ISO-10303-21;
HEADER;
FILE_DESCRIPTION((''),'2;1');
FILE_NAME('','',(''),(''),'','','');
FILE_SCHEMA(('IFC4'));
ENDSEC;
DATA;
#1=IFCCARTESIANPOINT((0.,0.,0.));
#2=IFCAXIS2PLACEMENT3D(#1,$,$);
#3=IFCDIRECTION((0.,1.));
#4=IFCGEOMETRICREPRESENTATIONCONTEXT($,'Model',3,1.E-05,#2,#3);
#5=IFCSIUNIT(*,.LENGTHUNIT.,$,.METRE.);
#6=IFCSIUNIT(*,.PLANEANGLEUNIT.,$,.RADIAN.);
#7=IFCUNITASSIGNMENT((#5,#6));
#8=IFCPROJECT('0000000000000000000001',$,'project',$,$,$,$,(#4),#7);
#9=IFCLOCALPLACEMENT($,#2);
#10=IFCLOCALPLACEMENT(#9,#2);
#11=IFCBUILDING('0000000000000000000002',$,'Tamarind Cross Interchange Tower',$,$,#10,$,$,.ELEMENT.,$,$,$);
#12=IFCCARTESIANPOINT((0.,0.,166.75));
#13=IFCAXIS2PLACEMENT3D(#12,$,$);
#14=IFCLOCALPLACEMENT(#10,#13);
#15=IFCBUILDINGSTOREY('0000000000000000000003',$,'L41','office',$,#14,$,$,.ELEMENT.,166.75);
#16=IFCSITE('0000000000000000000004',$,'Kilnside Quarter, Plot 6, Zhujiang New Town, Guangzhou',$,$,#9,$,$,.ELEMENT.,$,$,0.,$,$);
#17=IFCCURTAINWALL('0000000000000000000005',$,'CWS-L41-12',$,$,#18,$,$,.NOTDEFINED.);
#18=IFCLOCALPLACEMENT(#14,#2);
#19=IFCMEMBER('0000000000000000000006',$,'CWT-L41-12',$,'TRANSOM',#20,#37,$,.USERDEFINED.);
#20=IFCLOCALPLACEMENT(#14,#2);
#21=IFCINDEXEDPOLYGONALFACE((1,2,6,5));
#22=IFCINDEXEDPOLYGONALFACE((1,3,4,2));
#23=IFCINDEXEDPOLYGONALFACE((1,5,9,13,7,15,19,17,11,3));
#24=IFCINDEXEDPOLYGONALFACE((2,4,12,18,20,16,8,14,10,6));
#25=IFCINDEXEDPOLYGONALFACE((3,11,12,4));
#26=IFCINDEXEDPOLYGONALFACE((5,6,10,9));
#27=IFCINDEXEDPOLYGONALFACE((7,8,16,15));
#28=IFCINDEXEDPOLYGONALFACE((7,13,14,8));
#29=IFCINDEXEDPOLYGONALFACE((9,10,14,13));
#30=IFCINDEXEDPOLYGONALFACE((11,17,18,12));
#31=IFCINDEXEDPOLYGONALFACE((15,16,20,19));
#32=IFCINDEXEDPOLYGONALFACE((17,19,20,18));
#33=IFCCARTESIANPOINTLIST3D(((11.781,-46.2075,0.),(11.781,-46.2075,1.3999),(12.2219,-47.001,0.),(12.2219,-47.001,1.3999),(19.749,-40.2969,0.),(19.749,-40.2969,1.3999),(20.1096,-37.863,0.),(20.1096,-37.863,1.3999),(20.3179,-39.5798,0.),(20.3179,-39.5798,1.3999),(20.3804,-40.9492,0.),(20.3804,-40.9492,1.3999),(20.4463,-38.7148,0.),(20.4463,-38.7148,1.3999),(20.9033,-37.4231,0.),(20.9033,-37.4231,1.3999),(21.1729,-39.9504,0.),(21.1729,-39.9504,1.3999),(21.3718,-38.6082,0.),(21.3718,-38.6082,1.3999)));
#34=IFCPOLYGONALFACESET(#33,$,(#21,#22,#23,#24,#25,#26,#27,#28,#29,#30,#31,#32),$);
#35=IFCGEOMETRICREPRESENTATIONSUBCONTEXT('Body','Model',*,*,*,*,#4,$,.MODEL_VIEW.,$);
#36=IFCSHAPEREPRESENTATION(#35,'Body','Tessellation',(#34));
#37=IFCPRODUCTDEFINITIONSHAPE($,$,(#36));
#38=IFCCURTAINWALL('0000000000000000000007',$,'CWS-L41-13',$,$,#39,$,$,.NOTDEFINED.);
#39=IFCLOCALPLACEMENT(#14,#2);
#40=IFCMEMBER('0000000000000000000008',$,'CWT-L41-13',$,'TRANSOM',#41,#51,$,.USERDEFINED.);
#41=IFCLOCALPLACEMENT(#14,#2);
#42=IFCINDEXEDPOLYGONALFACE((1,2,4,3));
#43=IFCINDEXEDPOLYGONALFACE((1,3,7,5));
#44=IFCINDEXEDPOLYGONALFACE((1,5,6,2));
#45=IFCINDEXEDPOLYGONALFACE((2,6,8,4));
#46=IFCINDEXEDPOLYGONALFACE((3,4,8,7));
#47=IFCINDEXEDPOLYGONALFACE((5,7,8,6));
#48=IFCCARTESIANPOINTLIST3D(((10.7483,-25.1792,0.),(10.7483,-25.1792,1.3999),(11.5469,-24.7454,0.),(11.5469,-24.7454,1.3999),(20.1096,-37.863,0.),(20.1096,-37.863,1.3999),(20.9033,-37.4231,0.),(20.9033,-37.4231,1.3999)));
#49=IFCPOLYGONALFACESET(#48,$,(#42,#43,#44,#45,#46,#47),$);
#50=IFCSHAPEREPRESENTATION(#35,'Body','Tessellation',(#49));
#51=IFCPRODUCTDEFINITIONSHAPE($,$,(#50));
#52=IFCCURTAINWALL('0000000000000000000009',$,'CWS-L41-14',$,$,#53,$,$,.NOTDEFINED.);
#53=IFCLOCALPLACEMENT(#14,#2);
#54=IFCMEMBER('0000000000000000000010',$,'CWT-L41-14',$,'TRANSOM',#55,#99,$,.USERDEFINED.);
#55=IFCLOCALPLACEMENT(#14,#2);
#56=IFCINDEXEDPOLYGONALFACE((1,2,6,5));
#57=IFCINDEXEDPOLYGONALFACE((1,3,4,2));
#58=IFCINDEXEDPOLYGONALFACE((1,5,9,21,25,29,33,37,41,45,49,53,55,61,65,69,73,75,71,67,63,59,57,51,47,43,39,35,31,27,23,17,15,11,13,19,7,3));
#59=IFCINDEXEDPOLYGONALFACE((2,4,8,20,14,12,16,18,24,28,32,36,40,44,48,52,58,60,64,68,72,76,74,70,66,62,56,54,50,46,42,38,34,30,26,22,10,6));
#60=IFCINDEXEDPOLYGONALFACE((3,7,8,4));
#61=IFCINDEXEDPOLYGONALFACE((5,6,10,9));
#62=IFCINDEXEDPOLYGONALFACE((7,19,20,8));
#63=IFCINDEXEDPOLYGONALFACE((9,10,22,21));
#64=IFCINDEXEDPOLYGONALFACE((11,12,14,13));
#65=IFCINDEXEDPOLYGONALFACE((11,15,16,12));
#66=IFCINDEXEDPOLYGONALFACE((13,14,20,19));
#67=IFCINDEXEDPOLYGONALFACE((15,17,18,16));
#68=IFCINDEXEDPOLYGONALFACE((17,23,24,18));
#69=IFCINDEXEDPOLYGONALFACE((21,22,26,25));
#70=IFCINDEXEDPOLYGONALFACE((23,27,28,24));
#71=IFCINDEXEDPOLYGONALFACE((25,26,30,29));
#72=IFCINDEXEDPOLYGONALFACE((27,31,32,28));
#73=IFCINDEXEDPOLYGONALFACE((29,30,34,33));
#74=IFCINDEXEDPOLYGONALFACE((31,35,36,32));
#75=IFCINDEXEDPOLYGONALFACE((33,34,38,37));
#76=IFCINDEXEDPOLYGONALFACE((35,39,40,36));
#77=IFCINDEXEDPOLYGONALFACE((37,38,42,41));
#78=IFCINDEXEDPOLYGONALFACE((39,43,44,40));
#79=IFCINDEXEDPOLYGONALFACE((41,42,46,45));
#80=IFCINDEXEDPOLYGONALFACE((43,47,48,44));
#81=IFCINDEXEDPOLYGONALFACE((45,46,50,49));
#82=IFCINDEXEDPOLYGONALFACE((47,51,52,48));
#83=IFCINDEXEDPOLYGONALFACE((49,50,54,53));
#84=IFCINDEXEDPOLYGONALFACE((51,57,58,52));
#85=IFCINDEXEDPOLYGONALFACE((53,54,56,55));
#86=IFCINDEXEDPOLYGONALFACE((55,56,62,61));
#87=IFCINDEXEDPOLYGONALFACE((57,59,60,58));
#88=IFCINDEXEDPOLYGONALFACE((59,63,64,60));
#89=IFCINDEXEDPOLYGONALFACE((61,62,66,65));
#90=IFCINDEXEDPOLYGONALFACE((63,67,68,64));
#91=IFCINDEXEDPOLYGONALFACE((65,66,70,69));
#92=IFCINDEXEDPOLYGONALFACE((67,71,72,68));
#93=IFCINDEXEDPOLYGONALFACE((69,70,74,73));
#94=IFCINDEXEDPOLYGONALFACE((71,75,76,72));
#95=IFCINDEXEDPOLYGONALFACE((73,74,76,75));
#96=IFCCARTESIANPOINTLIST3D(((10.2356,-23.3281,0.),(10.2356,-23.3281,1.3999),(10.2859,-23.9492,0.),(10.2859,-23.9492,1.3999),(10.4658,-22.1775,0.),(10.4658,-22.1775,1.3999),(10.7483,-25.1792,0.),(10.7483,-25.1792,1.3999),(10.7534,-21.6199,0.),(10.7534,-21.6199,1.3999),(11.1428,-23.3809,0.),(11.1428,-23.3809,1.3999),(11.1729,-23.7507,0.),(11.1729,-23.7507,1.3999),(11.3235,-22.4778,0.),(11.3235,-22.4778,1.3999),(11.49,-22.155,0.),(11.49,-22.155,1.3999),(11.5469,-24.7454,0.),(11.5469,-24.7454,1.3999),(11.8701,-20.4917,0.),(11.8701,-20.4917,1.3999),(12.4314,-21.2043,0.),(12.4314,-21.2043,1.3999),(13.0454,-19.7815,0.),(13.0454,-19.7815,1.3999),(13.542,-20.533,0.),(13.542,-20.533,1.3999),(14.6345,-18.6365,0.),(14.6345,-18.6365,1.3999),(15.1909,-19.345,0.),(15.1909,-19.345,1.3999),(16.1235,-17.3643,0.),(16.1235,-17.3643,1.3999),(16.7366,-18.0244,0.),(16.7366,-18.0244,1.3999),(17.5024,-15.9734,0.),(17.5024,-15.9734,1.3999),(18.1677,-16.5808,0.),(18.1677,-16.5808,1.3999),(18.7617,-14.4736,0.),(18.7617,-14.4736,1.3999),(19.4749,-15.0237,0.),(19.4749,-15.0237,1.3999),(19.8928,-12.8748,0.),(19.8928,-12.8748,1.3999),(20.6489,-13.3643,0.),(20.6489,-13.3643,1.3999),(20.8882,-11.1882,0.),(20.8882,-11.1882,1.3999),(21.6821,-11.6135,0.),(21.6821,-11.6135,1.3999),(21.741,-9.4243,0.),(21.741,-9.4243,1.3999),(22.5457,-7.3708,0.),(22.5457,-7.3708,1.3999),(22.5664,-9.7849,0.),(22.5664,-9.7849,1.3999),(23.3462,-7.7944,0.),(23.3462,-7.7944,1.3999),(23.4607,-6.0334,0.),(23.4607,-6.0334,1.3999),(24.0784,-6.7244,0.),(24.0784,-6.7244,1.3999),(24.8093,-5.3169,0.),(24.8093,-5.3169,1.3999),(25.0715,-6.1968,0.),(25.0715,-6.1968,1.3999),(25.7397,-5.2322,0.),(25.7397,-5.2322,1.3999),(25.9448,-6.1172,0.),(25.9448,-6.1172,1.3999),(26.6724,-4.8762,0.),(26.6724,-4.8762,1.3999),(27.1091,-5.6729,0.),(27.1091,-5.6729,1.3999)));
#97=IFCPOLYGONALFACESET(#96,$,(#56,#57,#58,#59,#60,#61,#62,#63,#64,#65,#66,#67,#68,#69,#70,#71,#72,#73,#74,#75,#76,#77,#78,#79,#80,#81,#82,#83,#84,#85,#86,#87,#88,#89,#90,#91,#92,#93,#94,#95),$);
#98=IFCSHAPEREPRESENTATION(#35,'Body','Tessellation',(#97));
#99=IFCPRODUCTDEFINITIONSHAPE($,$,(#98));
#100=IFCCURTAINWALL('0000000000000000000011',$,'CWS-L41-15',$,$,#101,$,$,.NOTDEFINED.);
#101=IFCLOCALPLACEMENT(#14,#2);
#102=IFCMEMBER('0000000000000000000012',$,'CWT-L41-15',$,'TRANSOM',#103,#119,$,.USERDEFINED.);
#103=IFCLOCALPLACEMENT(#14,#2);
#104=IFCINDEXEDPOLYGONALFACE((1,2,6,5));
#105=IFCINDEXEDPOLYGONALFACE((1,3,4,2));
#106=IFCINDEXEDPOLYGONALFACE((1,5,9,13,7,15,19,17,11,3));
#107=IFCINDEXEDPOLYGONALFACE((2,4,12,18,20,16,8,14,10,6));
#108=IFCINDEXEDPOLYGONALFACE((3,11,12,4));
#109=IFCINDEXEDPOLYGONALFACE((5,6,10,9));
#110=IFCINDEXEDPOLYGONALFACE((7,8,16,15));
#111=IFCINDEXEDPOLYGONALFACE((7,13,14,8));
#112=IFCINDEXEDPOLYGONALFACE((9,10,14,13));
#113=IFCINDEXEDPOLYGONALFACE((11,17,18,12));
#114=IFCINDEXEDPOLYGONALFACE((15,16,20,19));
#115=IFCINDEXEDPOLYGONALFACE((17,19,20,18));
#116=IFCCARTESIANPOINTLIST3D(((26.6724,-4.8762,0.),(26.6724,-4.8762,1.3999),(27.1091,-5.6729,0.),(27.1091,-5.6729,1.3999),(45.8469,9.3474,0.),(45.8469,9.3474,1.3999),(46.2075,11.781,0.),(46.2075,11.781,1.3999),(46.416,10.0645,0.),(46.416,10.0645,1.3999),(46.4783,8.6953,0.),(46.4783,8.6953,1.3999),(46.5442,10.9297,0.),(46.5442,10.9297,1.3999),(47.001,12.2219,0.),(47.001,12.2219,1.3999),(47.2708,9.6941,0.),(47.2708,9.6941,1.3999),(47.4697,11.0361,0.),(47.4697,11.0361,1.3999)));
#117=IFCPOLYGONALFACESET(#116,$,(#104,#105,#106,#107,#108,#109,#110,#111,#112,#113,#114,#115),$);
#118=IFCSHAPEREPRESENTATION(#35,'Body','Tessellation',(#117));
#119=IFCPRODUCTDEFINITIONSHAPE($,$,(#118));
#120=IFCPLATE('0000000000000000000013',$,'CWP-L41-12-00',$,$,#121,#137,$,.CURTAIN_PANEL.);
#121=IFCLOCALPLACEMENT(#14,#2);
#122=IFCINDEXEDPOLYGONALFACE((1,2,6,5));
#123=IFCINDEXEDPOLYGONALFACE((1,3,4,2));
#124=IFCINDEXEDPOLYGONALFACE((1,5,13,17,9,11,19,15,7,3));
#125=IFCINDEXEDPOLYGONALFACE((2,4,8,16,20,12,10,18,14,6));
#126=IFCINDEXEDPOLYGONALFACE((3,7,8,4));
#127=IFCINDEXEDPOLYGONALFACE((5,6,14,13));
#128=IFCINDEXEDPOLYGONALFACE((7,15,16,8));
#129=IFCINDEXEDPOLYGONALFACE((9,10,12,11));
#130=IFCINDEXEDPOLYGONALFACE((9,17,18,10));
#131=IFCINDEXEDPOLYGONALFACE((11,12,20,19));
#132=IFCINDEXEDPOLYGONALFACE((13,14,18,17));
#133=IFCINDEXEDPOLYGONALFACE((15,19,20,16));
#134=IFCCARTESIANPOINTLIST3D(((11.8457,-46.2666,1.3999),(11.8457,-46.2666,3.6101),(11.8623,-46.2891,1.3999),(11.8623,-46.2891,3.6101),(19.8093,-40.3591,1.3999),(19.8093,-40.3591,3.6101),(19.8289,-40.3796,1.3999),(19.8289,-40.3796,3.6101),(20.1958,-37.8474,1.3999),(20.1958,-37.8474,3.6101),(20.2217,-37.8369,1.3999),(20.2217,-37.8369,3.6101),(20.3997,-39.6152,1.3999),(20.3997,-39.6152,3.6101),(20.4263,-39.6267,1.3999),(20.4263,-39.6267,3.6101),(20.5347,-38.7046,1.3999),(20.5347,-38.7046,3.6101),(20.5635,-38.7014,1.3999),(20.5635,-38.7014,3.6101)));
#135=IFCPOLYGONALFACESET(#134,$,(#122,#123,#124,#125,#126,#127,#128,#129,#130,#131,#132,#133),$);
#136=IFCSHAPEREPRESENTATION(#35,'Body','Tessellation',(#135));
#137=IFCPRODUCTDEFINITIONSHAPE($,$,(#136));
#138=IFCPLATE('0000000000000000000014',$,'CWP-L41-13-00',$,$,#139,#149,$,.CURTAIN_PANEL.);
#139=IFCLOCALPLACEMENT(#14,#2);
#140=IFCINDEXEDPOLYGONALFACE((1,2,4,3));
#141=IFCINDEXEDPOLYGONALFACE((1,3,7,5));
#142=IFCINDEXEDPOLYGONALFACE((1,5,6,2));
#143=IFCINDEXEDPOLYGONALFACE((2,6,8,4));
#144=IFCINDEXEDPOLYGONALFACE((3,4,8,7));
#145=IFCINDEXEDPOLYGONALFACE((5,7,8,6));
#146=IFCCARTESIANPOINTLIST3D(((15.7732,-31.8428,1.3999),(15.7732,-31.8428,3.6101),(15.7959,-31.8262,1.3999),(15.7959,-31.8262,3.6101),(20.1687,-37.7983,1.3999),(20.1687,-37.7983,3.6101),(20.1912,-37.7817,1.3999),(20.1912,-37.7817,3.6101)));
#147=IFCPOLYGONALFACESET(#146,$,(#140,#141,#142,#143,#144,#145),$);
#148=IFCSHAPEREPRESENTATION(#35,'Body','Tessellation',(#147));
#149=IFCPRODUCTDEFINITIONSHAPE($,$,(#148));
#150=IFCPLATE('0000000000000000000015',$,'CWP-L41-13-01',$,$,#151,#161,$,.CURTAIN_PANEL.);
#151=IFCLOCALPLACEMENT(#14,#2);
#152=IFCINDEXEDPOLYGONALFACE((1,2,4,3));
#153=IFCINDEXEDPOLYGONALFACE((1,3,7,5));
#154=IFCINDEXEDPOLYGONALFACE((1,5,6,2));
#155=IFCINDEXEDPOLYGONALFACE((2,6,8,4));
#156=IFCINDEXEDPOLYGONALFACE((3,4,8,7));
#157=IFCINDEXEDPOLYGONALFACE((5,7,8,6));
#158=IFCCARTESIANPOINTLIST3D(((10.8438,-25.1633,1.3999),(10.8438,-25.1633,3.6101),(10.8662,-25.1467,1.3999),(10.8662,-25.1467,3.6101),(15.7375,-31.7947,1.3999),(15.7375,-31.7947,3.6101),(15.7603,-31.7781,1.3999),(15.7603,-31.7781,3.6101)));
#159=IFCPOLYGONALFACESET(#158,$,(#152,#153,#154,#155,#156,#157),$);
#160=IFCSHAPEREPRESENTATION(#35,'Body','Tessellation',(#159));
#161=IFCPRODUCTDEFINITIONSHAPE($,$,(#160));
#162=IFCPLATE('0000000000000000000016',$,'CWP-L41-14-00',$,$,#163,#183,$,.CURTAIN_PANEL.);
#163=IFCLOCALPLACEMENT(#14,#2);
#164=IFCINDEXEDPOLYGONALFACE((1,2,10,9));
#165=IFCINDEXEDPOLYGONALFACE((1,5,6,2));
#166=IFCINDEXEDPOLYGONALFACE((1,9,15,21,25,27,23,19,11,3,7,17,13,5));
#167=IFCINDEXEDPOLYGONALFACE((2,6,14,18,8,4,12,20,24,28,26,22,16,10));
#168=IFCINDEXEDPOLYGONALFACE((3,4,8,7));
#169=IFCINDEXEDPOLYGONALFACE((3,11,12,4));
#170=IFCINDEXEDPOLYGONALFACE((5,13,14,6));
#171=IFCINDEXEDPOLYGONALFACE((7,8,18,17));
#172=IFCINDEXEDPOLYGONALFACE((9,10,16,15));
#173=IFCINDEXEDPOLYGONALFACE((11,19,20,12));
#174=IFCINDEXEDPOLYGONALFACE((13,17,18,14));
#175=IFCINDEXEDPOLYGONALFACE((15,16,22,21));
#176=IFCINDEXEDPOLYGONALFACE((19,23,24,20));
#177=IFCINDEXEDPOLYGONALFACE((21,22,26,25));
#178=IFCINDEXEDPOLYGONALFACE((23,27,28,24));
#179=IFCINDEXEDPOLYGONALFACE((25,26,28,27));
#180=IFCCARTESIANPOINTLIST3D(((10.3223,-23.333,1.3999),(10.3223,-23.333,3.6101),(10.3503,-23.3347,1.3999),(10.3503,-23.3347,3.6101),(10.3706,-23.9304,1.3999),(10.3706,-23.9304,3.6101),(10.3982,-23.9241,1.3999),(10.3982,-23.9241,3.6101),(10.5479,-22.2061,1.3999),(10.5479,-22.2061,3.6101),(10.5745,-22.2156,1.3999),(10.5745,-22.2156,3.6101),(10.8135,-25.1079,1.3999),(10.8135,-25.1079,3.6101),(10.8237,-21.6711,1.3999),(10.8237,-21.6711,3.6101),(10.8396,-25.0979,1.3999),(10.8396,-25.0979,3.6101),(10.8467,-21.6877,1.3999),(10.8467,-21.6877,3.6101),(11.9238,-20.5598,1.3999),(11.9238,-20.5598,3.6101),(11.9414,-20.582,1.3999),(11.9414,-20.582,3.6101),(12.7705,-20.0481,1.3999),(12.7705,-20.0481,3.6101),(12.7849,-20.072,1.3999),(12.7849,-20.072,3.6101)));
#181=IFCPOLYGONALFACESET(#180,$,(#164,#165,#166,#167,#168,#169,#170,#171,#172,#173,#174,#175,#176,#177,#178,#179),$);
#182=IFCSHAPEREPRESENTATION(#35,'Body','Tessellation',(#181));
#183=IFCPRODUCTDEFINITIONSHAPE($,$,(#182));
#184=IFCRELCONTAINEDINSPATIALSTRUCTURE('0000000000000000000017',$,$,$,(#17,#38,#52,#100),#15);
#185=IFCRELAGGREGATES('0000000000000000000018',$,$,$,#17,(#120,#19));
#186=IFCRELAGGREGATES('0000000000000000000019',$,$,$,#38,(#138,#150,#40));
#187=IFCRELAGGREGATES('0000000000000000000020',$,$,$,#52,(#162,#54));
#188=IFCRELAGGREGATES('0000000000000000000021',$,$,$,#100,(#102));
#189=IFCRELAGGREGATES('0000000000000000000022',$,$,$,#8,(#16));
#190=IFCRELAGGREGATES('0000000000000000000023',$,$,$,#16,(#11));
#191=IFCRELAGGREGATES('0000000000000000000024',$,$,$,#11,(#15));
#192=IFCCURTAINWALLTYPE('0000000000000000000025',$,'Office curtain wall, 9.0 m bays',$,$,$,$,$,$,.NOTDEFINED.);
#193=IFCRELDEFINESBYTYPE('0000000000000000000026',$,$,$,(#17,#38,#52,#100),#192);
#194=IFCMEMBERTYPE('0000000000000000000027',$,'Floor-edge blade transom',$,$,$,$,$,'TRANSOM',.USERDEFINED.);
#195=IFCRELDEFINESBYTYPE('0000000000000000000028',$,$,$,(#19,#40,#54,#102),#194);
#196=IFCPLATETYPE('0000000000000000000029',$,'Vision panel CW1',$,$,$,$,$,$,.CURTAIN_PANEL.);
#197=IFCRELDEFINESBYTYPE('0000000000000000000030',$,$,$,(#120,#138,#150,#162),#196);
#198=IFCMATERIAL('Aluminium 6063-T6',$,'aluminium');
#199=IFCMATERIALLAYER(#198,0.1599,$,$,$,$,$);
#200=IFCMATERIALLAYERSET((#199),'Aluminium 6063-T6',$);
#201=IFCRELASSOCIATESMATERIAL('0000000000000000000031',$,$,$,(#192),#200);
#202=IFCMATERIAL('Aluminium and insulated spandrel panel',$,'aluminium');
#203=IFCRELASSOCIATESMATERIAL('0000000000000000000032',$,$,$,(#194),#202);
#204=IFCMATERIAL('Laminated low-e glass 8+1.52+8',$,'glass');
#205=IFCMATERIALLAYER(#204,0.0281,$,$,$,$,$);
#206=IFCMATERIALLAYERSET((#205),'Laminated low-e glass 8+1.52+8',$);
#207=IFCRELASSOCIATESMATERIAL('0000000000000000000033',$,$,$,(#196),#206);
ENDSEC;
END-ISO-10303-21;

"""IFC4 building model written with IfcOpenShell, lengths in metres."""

from ifc_helpers import new_model, si_unit, direction, frame, origin, place, context, subcontext, project, spatial, polyline, outline, extrude, material, layer, layer_set, type_object, element, aggregate, save


model = new_model("IFC4")

# Units and contexts
model_context = context("Model", 3, precision=1e-05, world=origin(), true_north=direction((0.0, 1.0)))
body_context = subcontext(model_context, "Body", "Model", "MODEL_VIEW")
ifc_project = project(units=[si_unit("LENGTHUNIT", "METRE"), si_unit("PLANEANGLEUNIT", "RADIAN")], contexts=[model_context])

# Site, building, storey
site_placement = place(None, origin())
site = spatial("IfcSite", under=ifc_project, at=site_placement, Name="Kilnside Quarter, Plot 6, Zhujiang New Town, Guangzhou", CompositionType="ELEMENT", RefElevation=0.0)
building_placement = place(site_placement, origin())
building = spatial("IfcBuilding", under=site, at=building_placement, Name="Tamarind Cross Interchange Tower", CompositionType="ELEMENT")
storey_placement = place(building_placement, frame((0.0, 0.0, 166.75)))
storey = spatial("IfcBuildingStorey", under=building, at=storey_placement, Name="L41", Description="office", CompositionType="ELEMENT", Elevation=166.75)

# Curtain walls, members
ifc_material_1 = material(Name="Aluminium 6063-T6", Category="aluminium")
ifc_layer_1 = layer(ifc_material_1, 0.1599)
ifc_layer_set_1 = layer_set([ifc_layer_1], Name="Aluminium 6063-T6")
curtain_wall_type = type_object("IfcCurtainWallType", Name="Office curtain wall, 9.0 m bays", PredefinedType="NOTDEFINED", material=ifc_layer_set_1)
curtain_wall_1_placement = place(storey_placement, origin())
curtain_wall_1 = element("IfcCurtainWall", 1, at=curtain_wall_1_placement, inside=storey, type_object=curtain_wall_type, Name="CWS-L41-12", PredefinedType="NOTDEFINED")
ifc_material_2 = material(Name="Aluminium and insulated spandrel panel", Category="aluminium")
member_type = type_object("IfcMemberType", Name="Floor-edge blade transom", ElementType="TRANSOM", PredefinedType="USERDEFINED", material=ifc_material_2)
member_1_placement = place(storey_placement, origin())
member_1 = element("IfcMember", 2, at=member_1_placement, type_object=member_type, Name="CWT-L41-12", ObjectType="TRANSOM", PredefinedType="USERDEFINED", context=body_context, shape_type="SweptSolid", body=[
    extrude(outline(polyline([(11.781, -46.2075), (19.749, -40.2969), (20.3179, -39.5798), (20.4463, -38.7148), (20.1096, -37.863), (20.9033, -37.4231), (21.3718, -38.6082), (21.1729, -39.9504), (20.3804, -40.9492), (12.2219, -47.001), (11.781, -46.2075)])), origin(), (0.0, 0.0, 1.0), 1.3999),
])
curtain_wall_2_placement = place(storey_placement, origin())
curtain_wall_2 = element("IfcCurtainWall", 3, at=curtain_wall_2_placement, inside=storey, type_object=curtain_wall_type, Name="CWS-L41-13", PredefinedType="NOTDEFINED")
member_2_placement = place(storey_placement, origin())
member_2 = element("IfcMember", 4, at=member_2_placement, type_object=member_type, Name="CWT-L41-13", ObjectType="TRANSOM", PredefinedType="USERDEFINED", context=body_context, shape_type="SweptSolid", body=[
    extrude(outline(polyline([(20.1096, -37.863), (10.7483, -25.1792), (11.5469, -24.7454), (20.9033, -37.4231), (20.1096, -37.863)])), origin(), (0.0, 0.0, 1.0), 1.3999),
])
curtain_wall_3_placement = place(storey_placement, origin())
curtain_wall_3 = element("IfcCurtainWall", 5, at=curtain_wall_3_placement, inside=storey, type_object=curtain_wall_type, Name="CWS-L41-14", PredefinedType="NOTDEFINED")
member_3_placement = place(storey_placement, origin())
member_3 = element("IfcMember", 6, at=member_3_placement, type_object=member_type, Name="CWT-L41-14", ObjectType="TRANSOM", PredefinedType="USERDEFINED", context=body_context, shape_type="SweptSolid", body=[
    extrude(outline(polyline([(10.7483, -25.1792), (10.2859, -23.9492), (10.2356, -23.3281), (10.4658, -22.1775), (10.7534, -21.6199), (11.8701, -20.4917), (13.0454, -19.7815), (14.6345, -18.6365), (16.1235, -17.3643), (17.5024, -15.9734), (18.7617, -14.4736), (19.8928, -12.8748), (20.8882, -11.1882), (21.741, -9.4243), (22.5457, -7.3708), (23.4607, -6.0334), (24.8093, -5.3169), (25.7397, -5.2322), (26.6724, -4.8762), (27.1091, -5.6729), (25.9448, -6.1172), (25.0715, -6.1968), (24.0784, -6.7244), (23.3462, -7.7944), (22.5664, -9.7849), (21.6821, -11.6135), (20.6489, -13.3643), (19.4749, -15.0237), (18.1677, -16.5808), (16.7366, -18.0244), (15.1909, -19.345), (13.542, -20.533), (12.4314, -21.2043), (11.49, -22.155), (11.3235, -22.4778), (11.1428, -23.3809), (11.1729, -23.7507), (11.5469, -24.7454), (10.7483, -25.1792)])), origin(), (0.0, 0.0, 1.0), 1.3999),
])
curtain_wall_4_placement = place(storey_placement, origin())
curtain_wall_4 = element("IfcCurtainWall", 7, at=curtain_wall_4_placement, inside=storey, type_object=curtain_wall_type, Name="CWS-L41-15", PredefinedType="NOTDEFINED")
member_4_placement = place(storey_placement, origin())
member_4 = element("IfcMember", 8, at=member_4_placement, type_object=member_type, Name="CWT-L41-15", ObjectType="TRANSOM", PredefinedType="USERDEFINED", context=body_context, shape_type="SweptSolid", body=[
    extrude(outline(polyline([(26.6724, -4.8762), (45.8469, 9.3474), (46.416, 10.0645), (46.5442, 10.9297), (46.2075, 11.781), (47.001, 12.2219), (47.4697, 11.0361), (47.2708, 9.6941), (46.4783, 8.6953), (27.1091, -5.6729), (26.6724, -4.8762)])), origin(), (0.0, 0.0, 1.0), 1.3999),
])

# Plates
ifc_material_3 = material(Name="Laminated low-e glass 8+1.52+8", Category="glass")
ifc_layer_2 = layer(ifc_material_3, 0.0281)
ifc_layer_set_2 = layer_set([ifc_layer_2], Name="Laminated low-e glass 8+1.52+8")
plate_type = type_object("IfcPlateType", Name="Vision panel CW1", PredefinedType="CURTAIN_PANEL", material=ifc_layer_set_2)
plate_1_placement = place(storey_placement, frame((0.0, 0.0, 1.3999)))
plate_1 = element("IfcPlate", 9, at=plate_1_placement, type_object=plate_type, Name="CWP-L41-12-00", PredefinedType="CURTAIN_PANEL", context=body_context, shape_type="SweptSolid", body=[
    extrude(outline(polyline([(11.8457, -46.2666), (19.8093, -40.3591), (20.3997, -39.6152), (20.5347, -38.7046), (20.1958, -37.8474), (20.2217, -37.8369), (20.5635, -38.7014), (20.4263, -39.6267), (19.8289, -40.3796), (11.8623, -46.2891), (11.8457, -46.2666)])), origin(), (0.0, 0.0, 1.0), 2.2102),
])
aggregate(curtain_wall_1, [plate_1, member_1])
plate_2_placement = place(storey_placement, frame((0.0, 0.0, 1.3999)))
plate_2 = element("IfcPlate", 10, at=plate_2_placement, type_object=plate_type, Name="CWP-L41-13-00", PredefinedType="CURTAIN_PANEL", context=body_context, shape_type="SweptSolid", body=[
    extrude(outline(polyline([(20.1687, -37.7983), (15.7732, -31.8428), (15.7959, -31.8262), (20.1912, -37.7817), (20.1687, -37.7983)])), origin(), (0.0, 0.0, 1.0), 2.2102),
])
plate_3_placement = place(storey_placement, frame((0.0, 0.0, 1.3999)))
plate_3 = element("IfcPlate", 11, at=plate_3_placement, type_object=plate_type, Name="CWP-L41-13-01", PredefinedType="CURTAIN_PANEL", context=body_context, shape_type="SweptSolid", body=[
    extrude(outline(polyline([(15.7375, -31.7947), (10.8438, -25.1633), (10.8662, -25.1467), (15.7603, -31.7781), (15.7375, -31.7947)])), origin(), (0.0, 0.0, 1.0), 2.2102),
])
aggregate(curtain_wall_2, [plate_2, plate_3, member_2])
plate_4_placement = place(storey_placement, frame((0.0, 0.0, 1.3999)))
plate_4 = element("IfcPlate", 12, at=plate_4_placement, type_object=plate_type, Name="CWP-L41-14-00", PredefinedType="CURTAIN_PANEL", context=body_context, shape_type="SweptSolid", body=[
    extrude(outline(polyline([(10.8135, -25.1079), (10.3706, -23.9304), (10.3223, -23.333), (10.5479, -22.2061), (10.8237, -21.6711), (11.9238, -20.5598), (12.7705, -20.0481), (12.7849, -20.072), (11.9414, -20.582), (10.8467, -21.6877), (10.5745, -22.2156), (10.3503, -23.3347), (10.3982, -23.9241), (10.8396, -25.0979), (10.8135, -25.1079)])), origin(), (0.0, 0.0, 1.0), 2.2102),
])
aggregate(curtain_wall_3, [plate_4, member_3])
aggregate(curtain_wall_4, [member_4])

save(model, "model.ifc")
